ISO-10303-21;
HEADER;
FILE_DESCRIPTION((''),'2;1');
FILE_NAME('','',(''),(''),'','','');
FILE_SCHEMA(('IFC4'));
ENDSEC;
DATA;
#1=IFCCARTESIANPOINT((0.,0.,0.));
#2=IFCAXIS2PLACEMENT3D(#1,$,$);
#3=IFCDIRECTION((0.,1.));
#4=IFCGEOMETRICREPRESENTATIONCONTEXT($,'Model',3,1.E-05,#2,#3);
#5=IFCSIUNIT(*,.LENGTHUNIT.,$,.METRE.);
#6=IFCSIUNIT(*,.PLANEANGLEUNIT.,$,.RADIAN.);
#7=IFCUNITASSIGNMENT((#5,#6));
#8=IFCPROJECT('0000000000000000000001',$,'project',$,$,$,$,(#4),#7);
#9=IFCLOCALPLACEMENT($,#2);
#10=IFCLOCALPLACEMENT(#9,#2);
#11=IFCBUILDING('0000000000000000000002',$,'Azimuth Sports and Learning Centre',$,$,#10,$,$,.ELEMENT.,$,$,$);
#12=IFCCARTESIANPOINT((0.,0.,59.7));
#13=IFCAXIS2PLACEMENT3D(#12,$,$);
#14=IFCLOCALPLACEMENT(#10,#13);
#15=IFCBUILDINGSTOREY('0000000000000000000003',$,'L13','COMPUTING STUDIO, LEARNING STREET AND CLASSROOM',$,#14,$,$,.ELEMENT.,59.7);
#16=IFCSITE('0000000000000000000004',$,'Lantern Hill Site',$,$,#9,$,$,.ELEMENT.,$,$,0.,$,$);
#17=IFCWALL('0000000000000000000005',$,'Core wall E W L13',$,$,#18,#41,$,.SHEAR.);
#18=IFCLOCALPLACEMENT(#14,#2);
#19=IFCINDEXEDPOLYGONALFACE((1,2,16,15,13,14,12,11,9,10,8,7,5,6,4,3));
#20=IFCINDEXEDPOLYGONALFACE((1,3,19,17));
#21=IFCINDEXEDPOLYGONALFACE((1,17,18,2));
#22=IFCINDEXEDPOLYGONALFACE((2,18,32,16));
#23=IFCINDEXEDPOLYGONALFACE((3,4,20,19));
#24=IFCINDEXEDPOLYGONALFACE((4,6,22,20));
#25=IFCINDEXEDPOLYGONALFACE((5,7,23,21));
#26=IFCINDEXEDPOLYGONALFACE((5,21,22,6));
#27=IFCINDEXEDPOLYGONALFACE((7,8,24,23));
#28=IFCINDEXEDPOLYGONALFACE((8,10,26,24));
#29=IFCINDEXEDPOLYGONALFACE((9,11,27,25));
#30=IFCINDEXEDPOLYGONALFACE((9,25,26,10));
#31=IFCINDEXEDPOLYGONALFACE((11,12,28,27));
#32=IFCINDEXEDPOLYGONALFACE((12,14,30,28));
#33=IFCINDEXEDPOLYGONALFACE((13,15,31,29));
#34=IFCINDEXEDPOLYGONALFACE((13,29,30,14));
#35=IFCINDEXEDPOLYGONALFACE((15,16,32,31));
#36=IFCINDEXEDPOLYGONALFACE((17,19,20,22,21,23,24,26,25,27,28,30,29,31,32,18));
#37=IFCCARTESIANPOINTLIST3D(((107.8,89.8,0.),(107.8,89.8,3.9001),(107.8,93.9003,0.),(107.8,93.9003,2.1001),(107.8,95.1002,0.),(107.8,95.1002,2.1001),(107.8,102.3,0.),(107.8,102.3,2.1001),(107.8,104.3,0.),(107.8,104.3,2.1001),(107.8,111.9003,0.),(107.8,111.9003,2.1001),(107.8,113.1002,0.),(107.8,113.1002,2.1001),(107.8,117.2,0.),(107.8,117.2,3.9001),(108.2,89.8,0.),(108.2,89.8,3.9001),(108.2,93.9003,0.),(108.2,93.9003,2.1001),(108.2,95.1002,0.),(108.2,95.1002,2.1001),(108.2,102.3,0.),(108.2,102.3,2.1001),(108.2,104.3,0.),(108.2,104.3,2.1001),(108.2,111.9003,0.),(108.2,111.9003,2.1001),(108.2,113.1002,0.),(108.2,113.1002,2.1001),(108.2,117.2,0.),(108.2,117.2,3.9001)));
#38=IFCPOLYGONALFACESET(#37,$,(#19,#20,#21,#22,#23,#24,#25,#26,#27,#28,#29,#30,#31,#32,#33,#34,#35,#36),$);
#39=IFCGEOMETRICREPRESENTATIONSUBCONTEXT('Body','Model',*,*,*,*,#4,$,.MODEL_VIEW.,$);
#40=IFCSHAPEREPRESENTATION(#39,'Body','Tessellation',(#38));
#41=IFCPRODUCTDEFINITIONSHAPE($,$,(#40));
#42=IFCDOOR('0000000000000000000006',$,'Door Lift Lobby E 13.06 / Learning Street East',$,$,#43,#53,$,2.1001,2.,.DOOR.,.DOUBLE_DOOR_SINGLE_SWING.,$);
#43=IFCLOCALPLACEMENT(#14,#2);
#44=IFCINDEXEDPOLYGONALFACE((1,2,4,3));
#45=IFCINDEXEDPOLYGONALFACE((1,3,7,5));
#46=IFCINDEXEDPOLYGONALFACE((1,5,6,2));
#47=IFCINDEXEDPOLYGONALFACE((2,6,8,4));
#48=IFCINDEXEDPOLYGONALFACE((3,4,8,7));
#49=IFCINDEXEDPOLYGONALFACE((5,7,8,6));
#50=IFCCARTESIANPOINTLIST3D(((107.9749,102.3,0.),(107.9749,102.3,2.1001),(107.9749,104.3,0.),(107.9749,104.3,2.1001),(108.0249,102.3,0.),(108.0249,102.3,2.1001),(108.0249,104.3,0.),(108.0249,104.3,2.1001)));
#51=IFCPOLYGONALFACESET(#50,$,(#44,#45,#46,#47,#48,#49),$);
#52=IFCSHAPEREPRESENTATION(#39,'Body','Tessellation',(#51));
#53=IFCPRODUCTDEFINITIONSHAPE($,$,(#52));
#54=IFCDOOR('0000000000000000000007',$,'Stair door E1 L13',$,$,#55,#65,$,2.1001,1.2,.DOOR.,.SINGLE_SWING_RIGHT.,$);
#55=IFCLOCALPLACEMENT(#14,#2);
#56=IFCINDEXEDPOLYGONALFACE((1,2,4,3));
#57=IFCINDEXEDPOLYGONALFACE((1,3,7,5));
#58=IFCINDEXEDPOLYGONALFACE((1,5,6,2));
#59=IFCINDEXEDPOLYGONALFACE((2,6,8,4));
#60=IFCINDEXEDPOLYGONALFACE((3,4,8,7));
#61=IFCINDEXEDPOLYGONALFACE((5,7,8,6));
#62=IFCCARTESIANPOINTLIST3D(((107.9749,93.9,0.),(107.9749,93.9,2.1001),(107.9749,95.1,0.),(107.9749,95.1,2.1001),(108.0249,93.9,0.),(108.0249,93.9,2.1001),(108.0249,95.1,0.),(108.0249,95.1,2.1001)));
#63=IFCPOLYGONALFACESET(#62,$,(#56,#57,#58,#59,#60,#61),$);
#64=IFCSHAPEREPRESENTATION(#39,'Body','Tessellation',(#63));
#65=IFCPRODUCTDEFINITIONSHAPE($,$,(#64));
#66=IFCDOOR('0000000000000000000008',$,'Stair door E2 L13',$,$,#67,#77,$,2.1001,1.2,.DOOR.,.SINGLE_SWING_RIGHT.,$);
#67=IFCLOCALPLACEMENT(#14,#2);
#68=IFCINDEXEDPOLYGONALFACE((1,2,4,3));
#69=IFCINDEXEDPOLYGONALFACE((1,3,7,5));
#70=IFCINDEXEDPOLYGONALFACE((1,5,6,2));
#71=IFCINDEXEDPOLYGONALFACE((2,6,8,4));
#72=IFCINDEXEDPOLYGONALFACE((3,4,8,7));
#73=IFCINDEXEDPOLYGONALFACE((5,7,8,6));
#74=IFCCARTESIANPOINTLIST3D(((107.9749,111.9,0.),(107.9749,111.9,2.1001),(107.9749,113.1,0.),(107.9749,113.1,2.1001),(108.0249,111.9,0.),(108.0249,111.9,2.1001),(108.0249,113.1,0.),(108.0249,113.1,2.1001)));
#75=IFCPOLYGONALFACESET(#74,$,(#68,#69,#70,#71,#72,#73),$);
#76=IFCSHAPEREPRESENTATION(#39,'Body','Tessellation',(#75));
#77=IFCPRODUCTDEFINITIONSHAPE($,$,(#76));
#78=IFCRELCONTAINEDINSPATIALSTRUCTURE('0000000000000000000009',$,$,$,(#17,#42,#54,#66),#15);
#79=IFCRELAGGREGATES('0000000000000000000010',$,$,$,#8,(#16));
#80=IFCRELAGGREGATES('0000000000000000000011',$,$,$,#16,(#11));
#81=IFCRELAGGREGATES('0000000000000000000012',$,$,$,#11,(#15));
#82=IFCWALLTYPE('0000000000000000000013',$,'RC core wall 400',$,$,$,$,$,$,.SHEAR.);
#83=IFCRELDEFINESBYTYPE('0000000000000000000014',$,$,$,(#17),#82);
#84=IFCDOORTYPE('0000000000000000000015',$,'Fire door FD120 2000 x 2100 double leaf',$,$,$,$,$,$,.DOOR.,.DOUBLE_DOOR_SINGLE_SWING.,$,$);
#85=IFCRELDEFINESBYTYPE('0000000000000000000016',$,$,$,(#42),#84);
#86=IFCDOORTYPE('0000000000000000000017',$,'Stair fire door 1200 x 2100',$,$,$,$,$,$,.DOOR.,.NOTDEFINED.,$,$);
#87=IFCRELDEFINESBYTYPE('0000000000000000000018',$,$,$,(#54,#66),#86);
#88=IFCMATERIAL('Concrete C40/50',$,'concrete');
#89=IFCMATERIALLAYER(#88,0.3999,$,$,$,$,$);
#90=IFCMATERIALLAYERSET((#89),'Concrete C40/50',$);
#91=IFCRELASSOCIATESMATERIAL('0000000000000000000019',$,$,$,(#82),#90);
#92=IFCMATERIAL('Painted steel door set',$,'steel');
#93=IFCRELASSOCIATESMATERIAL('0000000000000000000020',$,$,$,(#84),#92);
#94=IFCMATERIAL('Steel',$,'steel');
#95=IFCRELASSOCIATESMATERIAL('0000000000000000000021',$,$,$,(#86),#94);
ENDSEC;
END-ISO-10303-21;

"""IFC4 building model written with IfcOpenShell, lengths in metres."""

from ifc_helpers import new_model, si_unit, direction, frame, frame_2d, origin, place, context, subcontext, project, spatial, rectangle, extrude, material, layer, layer_set, type_object, element, fill, save


model = new_model("IFC4")

# Units and contexts
model_context = context("Model", 3, precision=1e-05, world=origin(), true_north=direction((0.0, 1.0)))
body_context = subcontext(model_context, "Body", "Model", "MODEL_VIEW")
ifc_project = project(units=[si_unit("LENGTHUNIT", "METRE"), si_unit("PLANEANGLEUNIT", "RADIAN")], contexts=[model_context])

# Site, building, storey
site_placement = place(None, origin())
site = spatial("IfcSite", under=ifc_project, at=site_placement, Name="Lantern Hill Site", CompositionType="ELEMENT", RefElevation=0.0)
building_placement = place(site_placement, origin())
building = spatial("IfcBuilding", under=site, at=building_placement, Name="Azimuth Sports and Learning Centre", CompositionType="ELEMENT")
storey_placement = place(building_placement, frame((0.0, 0.0, 59.7)))
storey = spatial("IfcBuildingStorey", under=building, at=storey_placement, Name="L13", Description="COMPUTING STUDIO, LEARNING STREET AND CLASSROOM", CompositionType="ELEMENT", Elevation=59.7)

# Wall, openings, doors
ifc_material_1 = material(Name="Concrete C40/50", Category="concrete")
ifc_layer_1 = layer(ifc_material_1, 0.3999)
ifc_layer_set_1 = layer_set([ifc_layer_1], Name="Concrete C40/50")
wall_type_1 = type_object("IfcWallType", Name="RC core wall 400", PredefinedType="SHEAR", material=ifc_layer_set_1)
wall_1_placement = place(storey_placement, frame((108.0, 89.8, 0.0), z_axis=(0.0, 0.0, 1.0), x_axis=(0.0, 1.0, 0.0)))
wall_1 = element("IfcWall", 1, at=wall_1_placement, inside=storey, type_object=wall_type_1, Name="Core wall E W L13", PredefinedType="SHEAR", context=body_context, shape_type="SweptSolid", body=[
    extrude(rectangle(XDim=27.3999, YDim=0.3999, at=frame_2d((13.7, 0.0))), origin(), (0.0, 0.0, 1.0), 3.9001),
])
opening_1_placement = place(wall_1_placement, frame((4.1001, 0.0, 0.0)))
opening_1 = element("IfcOpeningElement", 2, at=opening_1_placement, cuts=wall_1, PredefinedType="OPENING", context=body_context, shape_type="SweptSolid", body=[
    extrude(rectangle(XDim=1.2, YDim=2.1001, at=frame_2d((0.6001, 1.05))), frame((0.0, 0.2109, 0.0), z_axis=(0.0, -1.0, 0.0), x_axis=(1.0, 0.0, 0.0)), (0.0, 0.0, 1.0), 0.4219),
])
opening_2_placement = place(wall_1_placement, frame((22.1001, 0.0, 0.0)))
opening_2 = element("IfcOpeningElement", 3, at=opening_2_placement, cuts=wall_1, PredefinedType="OPENING", context=body_context, shape_type="SweptSolid", body=[
    extrude(rectangle(XDim=1.2, YDim=2.1001, at=frame_2d((0.6001, 1.05))), frame((0.0, 0.2109, 0.0), z_axis=(0.0, -1.0, 0.0), x_axis=(1.0, 0.0, 0.0)), (0.0, 0.0, 1.0), 0.4219),
])
opening_3_placement = place(wall_1_placement, frame((12.5, 0.0, 0.0)))
opening_3 = element("IfcOpeningElement", 4, at=opening_3_placement, cuts=wall_1, PredefinedType="OPENING", context=body_context, shape_type="SweptSolid", body=[
    extrude(rectangle(XDim=2.0, YDim=2.1001, at=frame_2d((1.0, 1.05))), frame((0.0, 0.2109, 0.0), z_axis=(0.0, -1.0, 0.0), x_axis=(1.0, 0.0, 0.0)), (0.0, 0.0, 1.0), 0.4219),
])
ifc_material_2 = material(Name="Painted steel door set", Category="steel")
door_type_1 = type_object("IfcDoorType", Name="Fire door FD120 2000 x 2100 double leaf", OperationType="DOUBLE_DOOR_SINGLE_SWING", PredefinedType="DOOR", material=ifc_material_2)
door_1_placement = place(opening_3_placement, frame((2.0, 0.0, 0.0), z_axis=(0.0, 0.0, 1.0), x_axis=(-1.0, 0.0, 0.0)))
door_1 = element("IfcDoor", 5, at=door_1_placement, inside=storey, type_object=door_type_1, Name="Door Lift Lobby E 13.06 / Learning Street East", OperationType="DOUBLE_DOOR_SINGLE_SWING", OverallHeight=2.1001, OverallWidth=2.0, PredefinedType="DOOR", context=body_context, shape_type="SweptSolid", body=[
    extrude(rectangle(XDim=2.0, YDim=2.1001, at=frame_2d((1.0, 1.05))), frame((0.0, 0.0249, 0.0), z_axis=(0.0, -1.0, 0.0), x_axis=(1.0, 0.0, 0.0)), (0.0, 0.0, 1.0), 0.05),
])
fill(opening_3, door_1)
ifc_material_3 = material(Name="Steel", Category="steel")
door_type_2 = type_object("IfcDoorType", Name="Stair fire door 1200 x 2100", OperationType="NOTDEFINED", PredefinedType="DOOR", material=ifc_material_3)
door_2_placement = place(opening_1_placement, frame((1.2, 0.0, 0.0), z_axis=(0.0, 0.0, 1.0), x_axis=(-1.0, 0.0, 0.0)))
door_2 = element("IfcDoor", 6, at=door_2_placement, inside=storey, type_object=door_type_2, Name="Stair door E1 L13", OperationType="SINGLE_SWING_RIGHT", OverallHeight=2.1001, OverallWidth=1.2, PredefinedType="DOOR", context=body_context, shape_type="SweptSolid", body=[
    extrude(rectangle(XDim=1.2, YDim=2.1001, at=frame_2d((0.6001, 1.05))), frame((0.0, 0.0249, 0.0), z_axis=(0.0, -1.0, 0.0), x_axis=(1.0, 0.0, 0.0)), (0.0, 0.0, 1.0), 0.05),
])
fill(opening_1, door_2)
door_3_placement = place(opening_2_placement, frame((1.2, 0.0, 0.0), z_axis=(0.0, 0.0, 1.0), x_axis=(-1.0, 0.0, 0.0)))
door_3 = element("IfcDoor", 7, at=door_3_placement, inside=storey, type_object=door_type_2, Name="Stair door E2 L13", OperationType="SINGLE_SWING_RIGHT", OverallHeight=2.1001, OverallWidth=1.2, PredefinedType="DOOR", context=body_context, shape_type="SweptSolid", body=[
    extrude(rectangle(XDim=1.2, YDim=2.1001, at=frame_2d((0.6001, 1.05))), frame((0.0, 0.0249, 0.0), z_axis=(0.0, -1.0, 0.0), x_axis=(1.0, 0.0, 0.0)), (0.0, 0.0, 1.0), 0.05),
])
fill(opening_2, door_3)

save(model, "model.ifc")
